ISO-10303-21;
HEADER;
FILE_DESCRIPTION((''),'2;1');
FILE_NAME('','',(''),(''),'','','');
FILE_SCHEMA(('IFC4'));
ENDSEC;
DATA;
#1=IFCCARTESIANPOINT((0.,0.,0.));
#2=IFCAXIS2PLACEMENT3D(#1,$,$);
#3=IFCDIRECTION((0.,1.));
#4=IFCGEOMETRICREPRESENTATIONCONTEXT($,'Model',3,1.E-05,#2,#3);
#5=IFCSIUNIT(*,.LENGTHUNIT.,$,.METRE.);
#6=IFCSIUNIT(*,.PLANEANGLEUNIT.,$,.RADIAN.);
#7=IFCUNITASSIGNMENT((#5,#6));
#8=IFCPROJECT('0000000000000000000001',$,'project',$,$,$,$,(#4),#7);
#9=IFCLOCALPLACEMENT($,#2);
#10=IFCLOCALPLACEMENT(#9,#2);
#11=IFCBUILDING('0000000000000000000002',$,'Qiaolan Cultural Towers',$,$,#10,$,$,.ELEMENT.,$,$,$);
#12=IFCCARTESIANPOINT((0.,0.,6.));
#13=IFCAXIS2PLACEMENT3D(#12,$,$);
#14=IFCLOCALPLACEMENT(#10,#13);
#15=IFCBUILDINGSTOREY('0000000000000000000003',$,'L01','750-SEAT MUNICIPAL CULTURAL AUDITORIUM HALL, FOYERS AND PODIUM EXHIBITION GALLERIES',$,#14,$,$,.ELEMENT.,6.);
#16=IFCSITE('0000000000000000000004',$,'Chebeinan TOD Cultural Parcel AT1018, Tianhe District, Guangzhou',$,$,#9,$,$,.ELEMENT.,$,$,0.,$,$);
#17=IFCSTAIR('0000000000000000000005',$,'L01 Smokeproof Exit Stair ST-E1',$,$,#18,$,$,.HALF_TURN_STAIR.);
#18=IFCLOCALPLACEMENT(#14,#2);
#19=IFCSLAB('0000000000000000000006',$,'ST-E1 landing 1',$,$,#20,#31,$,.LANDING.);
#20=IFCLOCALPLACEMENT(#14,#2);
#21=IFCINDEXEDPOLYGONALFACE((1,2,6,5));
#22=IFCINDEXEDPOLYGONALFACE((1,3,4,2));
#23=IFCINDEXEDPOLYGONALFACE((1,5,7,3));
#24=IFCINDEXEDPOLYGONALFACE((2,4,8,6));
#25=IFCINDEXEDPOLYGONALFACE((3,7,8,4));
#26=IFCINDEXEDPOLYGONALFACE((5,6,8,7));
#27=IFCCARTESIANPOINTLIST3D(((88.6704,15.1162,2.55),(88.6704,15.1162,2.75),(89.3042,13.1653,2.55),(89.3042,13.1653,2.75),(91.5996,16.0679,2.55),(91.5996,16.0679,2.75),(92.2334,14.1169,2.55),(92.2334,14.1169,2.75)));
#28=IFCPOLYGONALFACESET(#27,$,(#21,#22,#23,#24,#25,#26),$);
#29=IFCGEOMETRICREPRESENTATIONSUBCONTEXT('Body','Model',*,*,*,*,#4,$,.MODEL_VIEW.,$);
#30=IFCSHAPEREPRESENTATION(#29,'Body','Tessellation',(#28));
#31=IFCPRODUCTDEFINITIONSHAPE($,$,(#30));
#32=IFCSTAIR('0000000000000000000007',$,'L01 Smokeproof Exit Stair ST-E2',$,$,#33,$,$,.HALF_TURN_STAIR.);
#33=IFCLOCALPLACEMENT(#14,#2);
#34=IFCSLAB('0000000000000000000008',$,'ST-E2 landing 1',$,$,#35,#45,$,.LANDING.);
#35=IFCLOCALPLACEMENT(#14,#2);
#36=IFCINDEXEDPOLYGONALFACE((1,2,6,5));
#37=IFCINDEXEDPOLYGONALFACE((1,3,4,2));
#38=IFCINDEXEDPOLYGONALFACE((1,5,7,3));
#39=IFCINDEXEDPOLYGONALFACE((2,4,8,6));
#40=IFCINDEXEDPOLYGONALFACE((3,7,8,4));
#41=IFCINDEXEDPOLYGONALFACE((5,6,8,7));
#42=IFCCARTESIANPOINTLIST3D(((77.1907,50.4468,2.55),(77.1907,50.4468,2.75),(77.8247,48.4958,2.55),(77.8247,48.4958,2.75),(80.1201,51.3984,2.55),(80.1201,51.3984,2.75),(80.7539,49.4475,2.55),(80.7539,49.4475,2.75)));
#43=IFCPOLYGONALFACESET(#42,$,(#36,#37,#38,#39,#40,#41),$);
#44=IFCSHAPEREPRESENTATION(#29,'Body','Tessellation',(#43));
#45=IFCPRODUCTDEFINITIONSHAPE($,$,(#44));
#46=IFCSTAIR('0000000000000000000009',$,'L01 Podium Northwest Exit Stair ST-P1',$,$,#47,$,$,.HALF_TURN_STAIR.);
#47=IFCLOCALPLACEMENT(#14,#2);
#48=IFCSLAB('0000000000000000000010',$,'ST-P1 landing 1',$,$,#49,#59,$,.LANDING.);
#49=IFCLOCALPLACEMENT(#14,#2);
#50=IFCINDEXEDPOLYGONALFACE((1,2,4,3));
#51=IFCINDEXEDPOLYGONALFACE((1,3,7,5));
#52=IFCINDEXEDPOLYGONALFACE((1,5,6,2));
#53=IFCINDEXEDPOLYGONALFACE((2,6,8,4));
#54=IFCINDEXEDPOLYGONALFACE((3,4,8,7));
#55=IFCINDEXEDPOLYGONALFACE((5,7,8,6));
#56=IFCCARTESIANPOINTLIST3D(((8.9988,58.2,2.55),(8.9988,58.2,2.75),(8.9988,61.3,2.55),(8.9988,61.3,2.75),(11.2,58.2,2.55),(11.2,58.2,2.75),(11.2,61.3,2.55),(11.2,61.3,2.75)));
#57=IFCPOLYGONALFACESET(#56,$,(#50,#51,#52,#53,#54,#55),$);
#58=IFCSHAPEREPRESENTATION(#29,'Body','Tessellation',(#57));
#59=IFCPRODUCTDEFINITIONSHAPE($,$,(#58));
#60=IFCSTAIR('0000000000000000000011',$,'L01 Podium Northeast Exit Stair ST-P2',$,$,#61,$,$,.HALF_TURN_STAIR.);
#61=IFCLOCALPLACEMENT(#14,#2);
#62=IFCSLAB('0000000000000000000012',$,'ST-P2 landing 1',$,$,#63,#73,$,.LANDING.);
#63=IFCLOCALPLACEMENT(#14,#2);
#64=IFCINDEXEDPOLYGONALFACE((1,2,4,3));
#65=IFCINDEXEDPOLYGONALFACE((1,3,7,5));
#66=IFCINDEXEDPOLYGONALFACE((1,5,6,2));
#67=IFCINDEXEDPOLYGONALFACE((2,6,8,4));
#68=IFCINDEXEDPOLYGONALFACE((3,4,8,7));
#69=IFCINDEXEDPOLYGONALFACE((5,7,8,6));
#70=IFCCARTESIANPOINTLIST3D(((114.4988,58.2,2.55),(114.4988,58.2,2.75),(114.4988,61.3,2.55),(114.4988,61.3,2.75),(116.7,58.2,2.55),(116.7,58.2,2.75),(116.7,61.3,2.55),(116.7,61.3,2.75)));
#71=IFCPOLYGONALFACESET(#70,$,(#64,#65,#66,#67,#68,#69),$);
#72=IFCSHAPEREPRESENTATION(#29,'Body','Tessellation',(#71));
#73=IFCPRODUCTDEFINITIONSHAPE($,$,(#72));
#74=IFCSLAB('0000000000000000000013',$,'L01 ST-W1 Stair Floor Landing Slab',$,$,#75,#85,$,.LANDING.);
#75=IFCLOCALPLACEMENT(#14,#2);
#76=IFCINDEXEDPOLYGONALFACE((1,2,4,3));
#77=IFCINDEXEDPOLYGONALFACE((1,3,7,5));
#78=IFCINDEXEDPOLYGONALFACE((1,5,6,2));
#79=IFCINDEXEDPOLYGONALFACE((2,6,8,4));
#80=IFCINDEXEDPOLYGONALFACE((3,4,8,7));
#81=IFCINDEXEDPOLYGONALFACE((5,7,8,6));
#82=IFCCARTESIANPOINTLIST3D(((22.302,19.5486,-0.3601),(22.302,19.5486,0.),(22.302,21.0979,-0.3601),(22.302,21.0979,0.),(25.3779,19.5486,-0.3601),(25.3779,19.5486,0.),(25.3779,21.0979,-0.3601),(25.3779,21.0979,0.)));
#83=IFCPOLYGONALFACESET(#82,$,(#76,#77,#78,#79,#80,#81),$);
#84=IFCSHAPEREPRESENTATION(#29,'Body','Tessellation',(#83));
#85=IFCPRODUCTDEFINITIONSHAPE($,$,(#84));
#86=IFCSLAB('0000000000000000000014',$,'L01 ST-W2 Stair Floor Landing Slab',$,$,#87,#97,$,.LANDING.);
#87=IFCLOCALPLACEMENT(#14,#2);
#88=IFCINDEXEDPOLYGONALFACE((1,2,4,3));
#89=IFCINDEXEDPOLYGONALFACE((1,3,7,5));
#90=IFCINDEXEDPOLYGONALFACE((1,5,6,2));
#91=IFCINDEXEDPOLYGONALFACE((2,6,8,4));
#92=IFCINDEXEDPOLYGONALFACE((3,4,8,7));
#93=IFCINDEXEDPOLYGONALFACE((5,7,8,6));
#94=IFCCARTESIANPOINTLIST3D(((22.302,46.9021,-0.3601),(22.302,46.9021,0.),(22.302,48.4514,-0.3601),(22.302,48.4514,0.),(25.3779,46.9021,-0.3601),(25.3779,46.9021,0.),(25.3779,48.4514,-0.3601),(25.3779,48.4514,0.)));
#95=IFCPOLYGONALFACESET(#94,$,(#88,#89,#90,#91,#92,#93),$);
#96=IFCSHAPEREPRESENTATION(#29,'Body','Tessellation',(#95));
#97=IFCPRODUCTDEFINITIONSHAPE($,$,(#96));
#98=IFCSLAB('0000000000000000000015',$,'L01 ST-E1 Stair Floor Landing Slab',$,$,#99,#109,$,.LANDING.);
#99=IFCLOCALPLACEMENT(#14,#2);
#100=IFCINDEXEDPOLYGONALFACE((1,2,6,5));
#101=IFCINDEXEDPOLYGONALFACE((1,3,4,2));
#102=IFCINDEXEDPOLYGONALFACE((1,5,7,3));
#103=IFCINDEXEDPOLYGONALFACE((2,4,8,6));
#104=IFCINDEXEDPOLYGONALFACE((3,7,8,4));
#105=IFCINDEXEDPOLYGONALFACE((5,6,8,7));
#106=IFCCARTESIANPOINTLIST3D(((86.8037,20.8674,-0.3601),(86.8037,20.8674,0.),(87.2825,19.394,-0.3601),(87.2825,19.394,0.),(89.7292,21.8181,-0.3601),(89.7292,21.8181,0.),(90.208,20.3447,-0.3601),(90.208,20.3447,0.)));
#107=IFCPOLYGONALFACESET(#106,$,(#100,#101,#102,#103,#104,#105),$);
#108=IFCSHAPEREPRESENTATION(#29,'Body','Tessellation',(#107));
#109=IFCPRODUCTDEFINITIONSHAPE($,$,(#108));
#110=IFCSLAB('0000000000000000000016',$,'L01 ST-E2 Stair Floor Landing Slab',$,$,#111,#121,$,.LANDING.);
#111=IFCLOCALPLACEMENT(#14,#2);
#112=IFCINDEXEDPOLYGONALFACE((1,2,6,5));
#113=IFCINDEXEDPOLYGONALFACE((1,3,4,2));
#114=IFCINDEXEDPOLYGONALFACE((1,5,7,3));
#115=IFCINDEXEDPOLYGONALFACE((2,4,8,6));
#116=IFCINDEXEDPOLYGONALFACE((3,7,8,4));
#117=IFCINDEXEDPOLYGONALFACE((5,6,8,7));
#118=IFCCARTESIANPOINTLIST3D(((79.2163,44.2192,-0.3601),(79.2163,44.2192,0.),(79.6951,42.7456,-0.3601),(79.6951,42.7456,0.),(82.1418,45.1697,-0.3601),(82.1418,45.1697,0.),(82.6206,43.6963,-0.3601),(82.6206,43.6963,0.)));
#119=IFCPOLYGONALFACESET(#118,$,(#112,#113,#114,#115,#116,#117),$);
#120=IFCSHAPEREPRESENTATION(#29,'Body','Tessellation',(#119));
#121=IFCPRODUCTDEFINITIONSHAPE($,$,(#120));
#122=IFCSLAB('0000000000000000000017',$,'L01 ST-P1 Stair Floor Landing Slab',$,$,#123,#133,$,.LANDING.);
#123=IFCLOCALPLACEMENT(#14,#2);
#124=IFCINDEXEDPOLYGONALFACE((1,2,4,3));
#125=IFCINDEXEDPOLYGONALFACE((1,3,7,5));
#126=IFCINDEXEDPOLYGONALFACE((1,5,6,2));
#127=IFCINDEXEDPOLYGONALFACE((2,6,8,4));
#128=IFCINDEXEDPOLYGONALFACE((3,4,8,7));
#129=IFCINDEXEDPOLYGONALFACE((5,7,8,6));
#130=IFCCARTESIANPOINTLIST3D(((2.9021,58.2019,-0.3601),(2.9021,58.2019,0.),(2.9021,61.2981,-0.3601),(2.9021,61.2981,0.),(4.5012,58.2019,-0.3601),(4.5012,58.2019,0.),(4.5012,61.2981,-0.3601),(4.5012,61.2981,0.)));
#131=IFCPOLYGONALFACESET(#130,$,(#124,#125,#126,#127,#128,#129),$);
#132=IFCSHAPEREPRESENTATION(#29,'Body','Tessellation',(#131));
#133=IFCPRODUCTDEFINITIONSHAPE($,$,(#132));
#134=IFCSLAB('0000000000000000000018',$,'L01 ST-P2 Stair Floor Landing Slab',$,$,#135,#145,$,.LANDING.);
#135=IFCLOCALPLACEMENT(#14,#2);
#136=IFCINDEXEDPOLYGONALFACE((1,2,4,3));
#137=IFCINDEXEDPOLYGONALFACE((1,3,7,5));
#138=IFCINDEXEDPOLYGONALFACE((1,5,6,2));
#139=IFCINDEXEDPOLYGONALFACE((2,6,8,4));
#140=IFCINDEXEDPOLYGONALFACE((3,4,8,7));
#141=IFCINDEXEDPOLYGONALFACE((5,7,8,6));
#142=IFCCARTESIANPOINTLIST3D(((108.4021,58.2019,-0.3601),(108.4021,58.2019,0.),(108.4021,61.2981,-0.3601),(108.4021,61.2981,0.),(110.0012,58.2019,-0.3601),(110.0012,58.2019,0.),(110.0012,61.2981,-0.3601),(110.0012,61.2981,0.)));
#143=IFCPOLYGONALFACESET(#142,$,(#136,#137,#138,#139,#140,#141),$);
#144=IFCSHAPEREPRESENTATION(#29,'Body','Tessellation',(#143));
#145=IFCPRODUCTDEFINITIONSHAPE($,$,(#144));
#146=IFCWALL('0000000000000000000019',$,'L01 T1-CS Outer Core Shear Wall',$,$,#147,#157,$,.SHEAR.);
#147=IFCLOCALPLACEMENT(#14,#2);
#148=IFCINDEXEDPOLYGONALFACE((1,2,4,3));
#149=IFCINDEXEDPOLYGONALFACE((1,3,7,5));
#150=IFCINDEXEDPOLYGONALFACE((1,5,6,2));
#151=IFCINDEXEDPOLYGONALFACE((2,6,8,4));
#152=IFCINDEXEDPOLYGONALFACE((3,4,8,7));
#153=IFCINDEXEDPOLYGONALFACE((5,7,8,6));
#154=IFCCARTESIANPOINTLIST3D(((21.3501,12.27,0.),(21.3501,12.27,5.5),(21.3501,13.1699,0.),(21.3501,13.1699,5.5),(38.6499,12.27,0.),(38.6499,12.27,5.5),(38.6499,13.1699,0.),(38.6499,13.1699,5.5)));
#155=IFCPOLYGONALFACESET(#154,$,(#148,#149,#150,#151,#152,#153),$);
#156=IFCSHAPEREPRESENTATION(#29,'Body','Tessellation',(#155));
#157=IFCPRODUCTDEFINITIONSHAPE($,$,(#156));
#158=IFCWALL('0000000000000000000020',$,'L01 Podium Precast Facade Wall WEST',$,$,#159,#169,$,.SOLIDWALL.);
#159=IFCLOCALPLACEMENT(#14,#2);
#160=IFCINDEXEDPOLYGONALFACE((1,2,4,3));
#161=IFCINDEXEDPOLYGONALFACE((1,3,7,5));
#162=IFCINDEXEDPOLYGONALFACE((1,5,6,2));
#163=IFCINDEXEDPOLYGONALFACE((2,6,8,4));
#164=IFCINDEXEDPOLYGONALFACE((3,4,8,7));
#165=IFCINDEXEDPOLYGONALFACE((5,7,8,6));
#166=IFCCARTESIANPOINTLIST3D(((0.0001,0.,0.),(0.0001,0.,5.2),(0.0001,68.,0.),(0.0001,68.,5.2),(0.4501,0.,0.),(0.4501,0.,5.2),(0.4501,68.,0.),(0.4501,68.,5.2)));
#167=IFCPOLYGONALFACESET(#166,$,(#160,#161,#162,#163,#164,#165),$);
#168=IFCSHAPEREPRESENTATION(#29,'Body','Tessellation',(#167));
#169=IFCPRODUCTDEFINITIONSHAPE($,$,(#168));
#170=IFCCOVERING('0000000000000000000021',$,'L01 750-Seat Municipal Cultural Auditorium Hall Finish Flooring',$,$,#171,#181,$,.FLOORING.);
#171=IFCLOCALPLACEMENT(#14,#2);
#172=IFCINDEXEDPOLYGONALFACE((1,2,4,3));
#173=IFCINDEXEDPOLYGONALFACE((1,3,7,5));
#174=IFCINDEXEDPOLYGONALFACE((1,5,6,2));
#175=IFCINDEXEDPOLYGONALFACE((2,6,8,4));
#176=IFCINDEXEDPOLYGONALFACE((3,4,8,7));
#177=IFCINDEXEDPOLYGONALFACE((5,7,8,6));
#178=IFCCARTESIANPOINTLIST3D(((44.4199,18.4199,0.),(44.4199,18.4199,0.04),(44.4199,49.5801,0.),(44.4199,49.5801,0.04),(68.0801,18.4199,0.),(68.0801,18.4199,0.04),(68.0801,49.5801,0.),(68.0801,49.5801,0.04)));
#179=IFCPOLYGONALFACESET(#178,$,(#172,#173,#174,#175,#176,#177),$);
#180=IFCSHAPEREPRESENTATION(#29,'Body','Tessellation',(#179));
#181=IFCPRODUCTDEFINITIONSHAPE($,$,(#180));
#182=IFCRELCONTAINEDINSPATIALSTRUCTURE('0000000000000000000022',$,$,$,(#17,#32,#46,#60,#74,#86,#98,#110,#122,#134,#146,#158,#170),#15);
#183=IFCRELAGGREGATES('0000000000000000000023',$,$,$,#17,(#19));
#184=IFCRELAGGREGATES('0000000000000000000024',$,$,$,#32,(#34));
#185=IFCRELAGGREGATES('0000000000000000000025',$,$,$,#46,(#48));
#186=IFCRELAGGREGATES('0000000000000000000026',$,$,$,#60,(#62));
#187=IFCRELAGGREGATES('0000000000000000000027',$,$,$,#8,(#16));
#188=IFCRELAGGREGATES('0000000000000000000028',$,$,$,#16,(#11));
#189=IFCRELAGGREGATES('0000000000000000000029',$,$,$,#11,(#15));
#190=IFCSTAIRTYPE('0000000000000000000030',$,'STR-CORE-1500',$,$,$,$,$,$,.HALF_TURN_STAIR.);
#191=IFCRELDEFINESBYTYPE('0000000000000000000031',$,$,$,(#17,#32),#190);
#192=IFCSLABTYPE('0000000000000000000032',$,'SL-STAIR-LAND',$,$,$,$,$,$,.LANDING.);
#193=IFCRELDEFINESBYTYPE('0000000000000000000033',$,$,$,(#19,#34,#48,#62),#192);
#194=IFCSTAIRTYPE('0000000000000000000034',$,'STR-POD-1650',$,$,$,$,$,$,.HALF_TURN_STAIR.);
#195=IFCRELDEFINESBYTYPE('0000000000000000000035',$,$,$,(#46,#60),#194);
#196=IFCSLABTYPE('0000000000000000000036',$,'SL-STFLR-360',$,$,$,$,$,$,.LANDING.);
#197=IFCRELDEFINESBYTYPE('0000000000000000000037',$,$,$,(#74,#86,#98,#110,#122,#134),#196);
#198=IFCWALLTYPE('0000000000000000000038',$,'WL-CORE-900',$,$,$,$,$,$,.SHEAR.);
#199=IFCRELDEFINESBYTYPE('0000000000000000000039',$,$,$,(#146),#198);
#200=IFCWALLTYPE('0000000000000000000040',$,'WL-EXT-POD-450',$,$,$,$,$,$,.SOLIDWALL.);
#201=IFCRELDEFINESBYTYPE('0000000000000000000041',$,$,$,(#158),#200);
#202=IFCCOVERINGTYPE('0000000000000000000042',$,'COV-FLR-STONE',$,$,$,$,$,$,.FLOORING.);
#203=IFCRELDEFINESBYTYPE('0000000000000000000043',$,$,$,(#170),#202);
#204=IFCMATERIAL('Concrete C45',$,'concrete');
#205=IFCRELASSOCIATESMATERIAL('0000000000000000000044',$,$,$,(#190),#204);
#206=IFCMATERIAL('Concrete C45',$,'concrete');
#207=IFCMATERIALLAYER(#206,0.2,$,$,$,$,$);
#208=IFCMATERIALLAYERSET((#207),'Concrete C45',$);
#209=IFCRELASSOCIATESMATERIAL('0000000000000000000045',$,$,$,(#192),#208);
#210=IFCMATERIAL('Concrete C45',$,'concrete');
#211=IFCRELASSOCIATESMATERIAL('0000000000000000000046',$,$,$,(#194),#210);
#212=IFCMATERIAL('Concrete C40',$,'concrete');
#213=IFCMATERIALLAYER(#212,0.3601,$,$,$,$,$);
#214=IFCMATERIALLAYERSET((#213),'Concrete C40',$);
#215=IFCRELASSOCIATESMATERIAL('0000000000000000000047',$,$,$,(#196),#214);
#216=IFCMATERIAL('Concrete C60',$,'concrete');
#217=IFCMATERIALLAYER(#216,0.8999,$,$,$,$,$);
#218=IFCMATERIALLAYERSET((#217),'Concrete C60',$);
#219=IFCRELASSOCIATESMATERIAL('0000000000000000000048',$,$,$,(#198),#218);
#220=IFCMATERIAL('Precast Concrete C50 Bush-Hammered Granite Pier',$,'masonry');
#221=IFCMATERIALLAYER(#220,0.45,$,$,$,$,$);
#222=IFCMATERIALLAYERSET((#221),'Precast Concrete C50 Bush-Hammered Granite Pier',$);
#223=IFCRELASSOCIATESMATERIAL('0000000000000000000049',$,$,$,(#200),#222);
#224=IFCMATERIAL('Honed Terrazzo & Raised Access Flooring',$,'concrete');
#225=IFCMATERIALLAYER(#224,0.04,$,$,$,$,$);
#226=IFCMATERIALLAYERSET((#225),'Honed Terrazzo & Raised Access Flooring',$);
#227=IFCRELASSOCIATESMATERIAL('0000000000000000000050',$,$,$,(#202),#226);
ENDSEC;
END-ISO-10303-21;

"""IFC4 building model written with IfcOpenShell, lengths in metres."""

from ifc_helpers import new_model, si_unit, direction, frame, frame_2d, origin, place, context, subcontext, project, spatial, polyline, rectangle, outline, extrude, material, layer, layer_set, type_object, element, aggregate, save


model = new_model("IFC4")

# Units and contexts
model_context = context("Model", 3, precision=1e-05, world=origin(), true_north=direction((0.0, 1.0)))
body_context = subcontext(model_context, "Body", "Model", "MODEL_VIEW")
ifc_project = project(units=[si_unit("LENGTHUNIT", "METRE"), si_unit("PLANEANGLEUNIT", "RADIAN")], contexts=[model_context])

# Site, building, storey
site_placement = place(None, origin())
site = spatial("IfcSite", under=ifc_project, at=site_placement, Name="Chebeinan TOD Cultural Parcel AT1018, Tianhe District, Guangzhou", CompositionType="ELEMENT", RefElevation=0.0)
building_placement = place(site_placement, origin())
building = spatial("IfcBuilding", under=site, at=building_placement, Name="Qiaolan Cultural Towers", CompositionType="ELEMENT")
storey_placement = place(building_placement, frame((0.0, 0.0, 6.0)))
storey = spatial("IfcBuildingStorey", under=building, at=storey_placement, Name="L01", Description="750-SEAT MUNICIPAL CULTURAL AUDITORIUM HALL, FOYERS AND PODIUM EXHIBITION GALLERIES", CompositionType="ELEMENT", Elevation=6.0)

# Stairs, slabs
ifc_material_1 = material(Name="Concrete C45", Category="concrete")
stair_type_1 = type_object("IfcStairType", Name="STR-CORE-1500", PredefinedType="HALF_TURN_STAIR", material=ifc_material_1)
ifc_material_2 = material(Name="Concrete C45", Category="concrete")
ifc_layer_1 = layer(ifc_material_2, 0.2)
ifc_layer_set_1 = layer_set([ifc_layer_1], Name="Concrete C45")
slab_type_1 = type_object("IfcSlabType", Name="SL-STAIR-LAND", PredefinedType="LANDING", material=ifc_layer_set_1)
stair_1_placement = place(storey_placement, origin())
stair_1 = element("IfcStair", 1, at=stair_1_placement, inside=storey, type_object=stair_type_1, Name="L01 Smokeproof Exit Stair ST-E1", PredefinedType="HALF_TURN_STAIR")
slab_1_placement = place(storey_placement, frame((0.0, 0.0, 2.55)))
slab_1 = element("IfcSlab", 2, at=slab_1_placement, type_object=slab_type_1, Name="ST-E1 landing 1", PredefinedType="LANDING", context=body_context, shape_type="SweptSolid", body=[
    extrude(outline(polyline([(88.6704, 15.1162), (89.3042, 13.1653), (92.2334, 14.1169), (91.5996, 16.0679), (88.6704, 15.1162)])), origin(), (0.0, 0.0, 1.0), 0.2),
])
aggregate(stair_1, [slab_1])
stair_2_placement = place(storey_placement, origin())
stair_2 = element("IfcStair", 3, at=stair_2_placement, inside=storey, type_object=stair_type_1, Name="L01 Smokeproof Exit Stair ST-E2", PredefinedType="HALF_TURN_STAIR")
slab_2_placement = place(storey_placement, frame((0.0, 0.0, 2.55)))
slab_2 = element("IfcSlab", 4, at=slab_2_placement, type_object=slab_type_1, Name="ST-E2 landing 1", PredefinedType="LANDING", context=body_context, shape_type="SweptSolid", body=[
    extrude(outline(polyline([(80.7539, 49.4475), (80.1201, 51.3984), (77.1907, 50.4468), (77.8247, 48.4958), (80.7539, 49.4475)])), origin(), (0.0, 0.0, 1.0), 0.2),
])
aggregate(stair_2, [slab_2])
ifc_material_3 = material(Name="Concrete C45", Category="concrete")
stair_type_2 = type_object("IfcStairType", Name="STR-POD-1650", PredefinedType="HALF_TURN_STAIR", material=ifc_material_3)
stair_3_placement = place(storey_placement, origin())
stair_3 = element("IfcStair", 5, at=stair_3_placement, inside=storey, type_object=stair_type_2, Name="L01 Podium Northwest Exit Stair ST-P1", PredefinedType="HALF_TURN_STAIR")
slab_3_placement = place(storey_placement, frame((0.0, 0.0, 2.55)))
slab_3 = element("IfcSlab", 6, at=slab_3_placement, type_object=slab_type_1, Name="ST-P1 landing 1", PredefinedType="LANDING", context=body_context, shape_type="SweptSolid", body=[
    extrude(outline(polyline([(8.9988, 58.2), (11.2, 58.2), (11.2, 61.3), (8.9988, 61.3), (8.9988, 58.2)])), origin(), (0.0, 0.0, 1.0), 0.2),
])
aggregate(stair_3, [slab_3])
stair_4_placement = place(storey_placement, origin())
stair_4 = element("IfcStair", 7, at=stair_4_placement, inside=storey, type_object=stair_type_2, Name="L01 Podium Northeast Exit Stair ST-P2", PredefinedType="HALF_TURN_STAIR")
slab_4_placement = place(storey_placement, frame((0.0, 0.0, 2.55)))
slab_4 = element("IfcSlab", 8, at=slab_4_placement, type_object=slab_type_1, Name="ST-P2 landing 1", PredefinedType="LANDING", context=body_context, shape_type="SweptSolid", body=[
    extrude(outline(polyline([(114.4988, 58.2), (116.7, 58.2), (116.7, 61.3), (114.4988, 61.3), (114.4988, 58.2)])), origin(), (0.0, 0.0, 1.0), 0.2),
])
aggregate(stair_4, [slab_4])

# Slabs
ifc_material_4 = material(Name="Concrete C40", Category="concrete")
ifc_layer_2 = layer(ifc_material_4, 0.3601)
ifc_layer_set_2 = layer_set([ifc_layer_2], Name="Concrete C40")
slab_type_2 = type_object("IfcSlabType", Name="SL-STFLR-360", PredefinedType="LANDING", material=ifc_layer_set_2)
slab_5_placement = place(storey_placement, frame((0.0, 0.0, -0.3601)))
element("IfcSlab", 9, at=slab_5_placement, inside=storey, type_object=slab_type_2, Name="L01 ST-W1 Stair Floor Landing Slab", PredefinedType="LANDING", context=body_context, shape_type="SweptSolid", body=[
    extrude(outline(polyline([(22.302, 21.0979), (22.302, 19.5486), (25.3779, 19.5486), (25.3779, 21.0979), (22.302, 21.0979)])), origin(), (0.0, 0.0, 1.0), 0.3601),
])
slab_6_placement = place(storey_placement, frame((0.0, 0.0, -0.3601)))
element("IfcSlab", 10, at=slab_6_placement, inside=storey, type_object=slab_type_2, Name="L01 ST-W2 Stair Floor Landing Slab", PredefinedType="LANDING", context=body_context, shape_type="SweptSolid", body=[
    extrude(outline(polyline([(25.3779, 46.9021), (25.3779, 48.4514), (22.302, 48.4514), (22.302, 46.9021), (25.3779, 46.9021)])), origin(), (0.0, 0.0, 1.0), 0.3601),
])
slab_7_placement = place(storey_placement, frame((0.0, 0.0, -0.3601)))
element("IfcSlab", 11, at=slab_7_placement, inside=storey, type_object=slab_type_2, Name="L01 ST-E1 Stair Floor Landing Slab", PredefinedType="LANDING", context=body_context, shape_type="SweptSolid", body=[
    extrude(outline(polyline([(86.8037, 20.8674), (87.2825, 19.394), (90.208, 20.3447), (89.7292, 21.8181), (86.8037, 20.8674)])), origin(), (0.0, 0.0, 1.0), 0.3601),
])
slab_8_placement = place(storey_placement, frame((0.0, 0.0, -0.3601)))
element("IfcSlab", 12, at=slab_8_placement, inside=storey, type_object=slab_type_2, Name="L01 ST-E2 Stair Floor Landing Slab", PredefinedType="LANDING", context=body_context, shape_type="SweptSolid", body=[
    extrude(outline(polyline([(82.6206, 43.6963), (82.1418, 45.1697), (79.2163, 44.2192), (79.6951, 42.7456), (82.6206, 43.6963)])), origin(), (0.0, 0.0, 1.0), 0.3601),
])
slab_9_placement = place(storey_placement, frame((0.0, 0.0, -0.3601)))
element("IfcSlab", 13, at=slab_9_placement, inside=storey, type_object=slab_type_2, Name="L01 ST-P1 Stair Floor Landing Slab", PredefinedType="LANDING", context=body_context, shape_type="SweptSolid", body=[
    extrude(outline(polyline([(2.9021, 58.2019), (4.5012, 58.2019), (4.5012, 61.2981), (2.9021, 61.2981), (2.9021, 58.2019)])), origin(), (0.0, 0.0, 1.0), 0.3601),
])
slab_10_placement = place(storey_placement, frame((0.0, 0.0, -0.3601)))
element("IfcSlab", 14, at=slab_10_placement, inside=storey, type_object=slab_type_2, Name="L01 ST-P2 Stair Floor Landing Slab", PredefinedType="LANDING", context=body_context, shape_type="SweptSolid", body=[
    extrude(outline(polyline([(108.4021, 58.2019), (110.0012, 58.2019), (110.0012, 61.2981), (108.4021, 61.2981), (108.4021, 58.2019)])), origin(), (0.0, 0.0, 1.0), 0.3601),
])

# Walls
ifc_material_5 = material(Name="Concrete C60", Category="concrete")
ifc_layer_3 = layer(ifc_material_5, 0.8999)
ifc_layer_set_3 = layer_set([ifc_layer_3], Name="Concrete C60")
wall_type_1 = type_object("IfcWallType", Name="WL-CORE-900", PredefinedType="SHEAR", material=ifc_layer_set_3)
wall_1_placement = place(storey_placement, frame((21.3501, 12.72, 0.0), z_axis=(0.0, 0.0, 1.0), x_axis=(1.0, 0.0, 0.0)))
element("IfcWall", 15, at=wall_1_placement, inside=storey, type_object=wall_type_1, Name="L01 T1-CS Outer Core Shear Wall", PredefinedType="SHEAR", context=body_context, shape_type="SweptSolid", body=[
    extrude(rectangle(XDim=17.2998, YDim=0.8999, at=frame_2d((8.6499, 0.0))), origin(), (0.0, 0.0, 1.0), 5.5),
])
ifc_material_6 = material(Name="Precast Concrete C50 Bush-Hammered Granite Pier", Category="masonry")
ifc_layer_4 = layer(ifc_material_6, 0.45)
ifc_layer_set_4 = layer_set([ifc_layer_4], Name="Precast Concrete C50 Bush-Hammered Granite Pier")
wall_type_2 = type_object("IfcWallType", Name="WL-EXT-POD-450", PredefinedType="SOLIDWALL", material=ifc_layer_set_4)
wall_2_placement = place(storey_placement, frame((0.2251, 0.0, 0.0), z_axis=(0.0, 0.0, 1.0), x_axis=(0.0, 1.0, 0.0)))
element("IfcWall", 16, at=wall_2_placement, inside=storey, type_object=wall_type_2, Name="L01 Podium Precast Facade Wall WEST", PredefinedType="SOLIDWALL", context=body_context, shape_type="SweptSolid", body=[
    extrude(rectangle(XDim=68.0, YDim=0.45, at=frame_2d((34.0, 0.0))), origin(), (0.0, 0.0, 1.0), 5.2),
])

# Covering
ifc_material_7 = material(Name="Honed Terrazzo & Raised Access Flooring", Category="concrete")
ifc_layer_5 = layer(ifc_material_7, 0.04)
ifc_layer_set_5 = layer_set([ifc_layer_5], Name="Honed Terrazzo & Raised Access Flooring")
covering_type = type_object("IfcCoveringType", Name="COV-FLR-STONE", PredefinedType="FLOORING", material=ifc_layer_set_5)
covering_1_placement = place(storey_placement, origin())
element("IfcCovering", 17, at=covering_1_placement, inside=storey, type_object=covering_type, Name="L01 750-Seat Municipal Cultural Auditorium Hall Finish Flooring", PredefinedType="FLOORING", context=body_context, shape_type="SweptSolid", body=[
    extrude(outline(polyline([(68.0801, 18.4199), (68.0801, 49.5801), (44.4199, 49.5801), (44.4199, 18.4199), (68.0801, 18.4199)])), origin(), (0.0, 0.0, 1.0), 0.04),
])

save(model, "model.ifc")
